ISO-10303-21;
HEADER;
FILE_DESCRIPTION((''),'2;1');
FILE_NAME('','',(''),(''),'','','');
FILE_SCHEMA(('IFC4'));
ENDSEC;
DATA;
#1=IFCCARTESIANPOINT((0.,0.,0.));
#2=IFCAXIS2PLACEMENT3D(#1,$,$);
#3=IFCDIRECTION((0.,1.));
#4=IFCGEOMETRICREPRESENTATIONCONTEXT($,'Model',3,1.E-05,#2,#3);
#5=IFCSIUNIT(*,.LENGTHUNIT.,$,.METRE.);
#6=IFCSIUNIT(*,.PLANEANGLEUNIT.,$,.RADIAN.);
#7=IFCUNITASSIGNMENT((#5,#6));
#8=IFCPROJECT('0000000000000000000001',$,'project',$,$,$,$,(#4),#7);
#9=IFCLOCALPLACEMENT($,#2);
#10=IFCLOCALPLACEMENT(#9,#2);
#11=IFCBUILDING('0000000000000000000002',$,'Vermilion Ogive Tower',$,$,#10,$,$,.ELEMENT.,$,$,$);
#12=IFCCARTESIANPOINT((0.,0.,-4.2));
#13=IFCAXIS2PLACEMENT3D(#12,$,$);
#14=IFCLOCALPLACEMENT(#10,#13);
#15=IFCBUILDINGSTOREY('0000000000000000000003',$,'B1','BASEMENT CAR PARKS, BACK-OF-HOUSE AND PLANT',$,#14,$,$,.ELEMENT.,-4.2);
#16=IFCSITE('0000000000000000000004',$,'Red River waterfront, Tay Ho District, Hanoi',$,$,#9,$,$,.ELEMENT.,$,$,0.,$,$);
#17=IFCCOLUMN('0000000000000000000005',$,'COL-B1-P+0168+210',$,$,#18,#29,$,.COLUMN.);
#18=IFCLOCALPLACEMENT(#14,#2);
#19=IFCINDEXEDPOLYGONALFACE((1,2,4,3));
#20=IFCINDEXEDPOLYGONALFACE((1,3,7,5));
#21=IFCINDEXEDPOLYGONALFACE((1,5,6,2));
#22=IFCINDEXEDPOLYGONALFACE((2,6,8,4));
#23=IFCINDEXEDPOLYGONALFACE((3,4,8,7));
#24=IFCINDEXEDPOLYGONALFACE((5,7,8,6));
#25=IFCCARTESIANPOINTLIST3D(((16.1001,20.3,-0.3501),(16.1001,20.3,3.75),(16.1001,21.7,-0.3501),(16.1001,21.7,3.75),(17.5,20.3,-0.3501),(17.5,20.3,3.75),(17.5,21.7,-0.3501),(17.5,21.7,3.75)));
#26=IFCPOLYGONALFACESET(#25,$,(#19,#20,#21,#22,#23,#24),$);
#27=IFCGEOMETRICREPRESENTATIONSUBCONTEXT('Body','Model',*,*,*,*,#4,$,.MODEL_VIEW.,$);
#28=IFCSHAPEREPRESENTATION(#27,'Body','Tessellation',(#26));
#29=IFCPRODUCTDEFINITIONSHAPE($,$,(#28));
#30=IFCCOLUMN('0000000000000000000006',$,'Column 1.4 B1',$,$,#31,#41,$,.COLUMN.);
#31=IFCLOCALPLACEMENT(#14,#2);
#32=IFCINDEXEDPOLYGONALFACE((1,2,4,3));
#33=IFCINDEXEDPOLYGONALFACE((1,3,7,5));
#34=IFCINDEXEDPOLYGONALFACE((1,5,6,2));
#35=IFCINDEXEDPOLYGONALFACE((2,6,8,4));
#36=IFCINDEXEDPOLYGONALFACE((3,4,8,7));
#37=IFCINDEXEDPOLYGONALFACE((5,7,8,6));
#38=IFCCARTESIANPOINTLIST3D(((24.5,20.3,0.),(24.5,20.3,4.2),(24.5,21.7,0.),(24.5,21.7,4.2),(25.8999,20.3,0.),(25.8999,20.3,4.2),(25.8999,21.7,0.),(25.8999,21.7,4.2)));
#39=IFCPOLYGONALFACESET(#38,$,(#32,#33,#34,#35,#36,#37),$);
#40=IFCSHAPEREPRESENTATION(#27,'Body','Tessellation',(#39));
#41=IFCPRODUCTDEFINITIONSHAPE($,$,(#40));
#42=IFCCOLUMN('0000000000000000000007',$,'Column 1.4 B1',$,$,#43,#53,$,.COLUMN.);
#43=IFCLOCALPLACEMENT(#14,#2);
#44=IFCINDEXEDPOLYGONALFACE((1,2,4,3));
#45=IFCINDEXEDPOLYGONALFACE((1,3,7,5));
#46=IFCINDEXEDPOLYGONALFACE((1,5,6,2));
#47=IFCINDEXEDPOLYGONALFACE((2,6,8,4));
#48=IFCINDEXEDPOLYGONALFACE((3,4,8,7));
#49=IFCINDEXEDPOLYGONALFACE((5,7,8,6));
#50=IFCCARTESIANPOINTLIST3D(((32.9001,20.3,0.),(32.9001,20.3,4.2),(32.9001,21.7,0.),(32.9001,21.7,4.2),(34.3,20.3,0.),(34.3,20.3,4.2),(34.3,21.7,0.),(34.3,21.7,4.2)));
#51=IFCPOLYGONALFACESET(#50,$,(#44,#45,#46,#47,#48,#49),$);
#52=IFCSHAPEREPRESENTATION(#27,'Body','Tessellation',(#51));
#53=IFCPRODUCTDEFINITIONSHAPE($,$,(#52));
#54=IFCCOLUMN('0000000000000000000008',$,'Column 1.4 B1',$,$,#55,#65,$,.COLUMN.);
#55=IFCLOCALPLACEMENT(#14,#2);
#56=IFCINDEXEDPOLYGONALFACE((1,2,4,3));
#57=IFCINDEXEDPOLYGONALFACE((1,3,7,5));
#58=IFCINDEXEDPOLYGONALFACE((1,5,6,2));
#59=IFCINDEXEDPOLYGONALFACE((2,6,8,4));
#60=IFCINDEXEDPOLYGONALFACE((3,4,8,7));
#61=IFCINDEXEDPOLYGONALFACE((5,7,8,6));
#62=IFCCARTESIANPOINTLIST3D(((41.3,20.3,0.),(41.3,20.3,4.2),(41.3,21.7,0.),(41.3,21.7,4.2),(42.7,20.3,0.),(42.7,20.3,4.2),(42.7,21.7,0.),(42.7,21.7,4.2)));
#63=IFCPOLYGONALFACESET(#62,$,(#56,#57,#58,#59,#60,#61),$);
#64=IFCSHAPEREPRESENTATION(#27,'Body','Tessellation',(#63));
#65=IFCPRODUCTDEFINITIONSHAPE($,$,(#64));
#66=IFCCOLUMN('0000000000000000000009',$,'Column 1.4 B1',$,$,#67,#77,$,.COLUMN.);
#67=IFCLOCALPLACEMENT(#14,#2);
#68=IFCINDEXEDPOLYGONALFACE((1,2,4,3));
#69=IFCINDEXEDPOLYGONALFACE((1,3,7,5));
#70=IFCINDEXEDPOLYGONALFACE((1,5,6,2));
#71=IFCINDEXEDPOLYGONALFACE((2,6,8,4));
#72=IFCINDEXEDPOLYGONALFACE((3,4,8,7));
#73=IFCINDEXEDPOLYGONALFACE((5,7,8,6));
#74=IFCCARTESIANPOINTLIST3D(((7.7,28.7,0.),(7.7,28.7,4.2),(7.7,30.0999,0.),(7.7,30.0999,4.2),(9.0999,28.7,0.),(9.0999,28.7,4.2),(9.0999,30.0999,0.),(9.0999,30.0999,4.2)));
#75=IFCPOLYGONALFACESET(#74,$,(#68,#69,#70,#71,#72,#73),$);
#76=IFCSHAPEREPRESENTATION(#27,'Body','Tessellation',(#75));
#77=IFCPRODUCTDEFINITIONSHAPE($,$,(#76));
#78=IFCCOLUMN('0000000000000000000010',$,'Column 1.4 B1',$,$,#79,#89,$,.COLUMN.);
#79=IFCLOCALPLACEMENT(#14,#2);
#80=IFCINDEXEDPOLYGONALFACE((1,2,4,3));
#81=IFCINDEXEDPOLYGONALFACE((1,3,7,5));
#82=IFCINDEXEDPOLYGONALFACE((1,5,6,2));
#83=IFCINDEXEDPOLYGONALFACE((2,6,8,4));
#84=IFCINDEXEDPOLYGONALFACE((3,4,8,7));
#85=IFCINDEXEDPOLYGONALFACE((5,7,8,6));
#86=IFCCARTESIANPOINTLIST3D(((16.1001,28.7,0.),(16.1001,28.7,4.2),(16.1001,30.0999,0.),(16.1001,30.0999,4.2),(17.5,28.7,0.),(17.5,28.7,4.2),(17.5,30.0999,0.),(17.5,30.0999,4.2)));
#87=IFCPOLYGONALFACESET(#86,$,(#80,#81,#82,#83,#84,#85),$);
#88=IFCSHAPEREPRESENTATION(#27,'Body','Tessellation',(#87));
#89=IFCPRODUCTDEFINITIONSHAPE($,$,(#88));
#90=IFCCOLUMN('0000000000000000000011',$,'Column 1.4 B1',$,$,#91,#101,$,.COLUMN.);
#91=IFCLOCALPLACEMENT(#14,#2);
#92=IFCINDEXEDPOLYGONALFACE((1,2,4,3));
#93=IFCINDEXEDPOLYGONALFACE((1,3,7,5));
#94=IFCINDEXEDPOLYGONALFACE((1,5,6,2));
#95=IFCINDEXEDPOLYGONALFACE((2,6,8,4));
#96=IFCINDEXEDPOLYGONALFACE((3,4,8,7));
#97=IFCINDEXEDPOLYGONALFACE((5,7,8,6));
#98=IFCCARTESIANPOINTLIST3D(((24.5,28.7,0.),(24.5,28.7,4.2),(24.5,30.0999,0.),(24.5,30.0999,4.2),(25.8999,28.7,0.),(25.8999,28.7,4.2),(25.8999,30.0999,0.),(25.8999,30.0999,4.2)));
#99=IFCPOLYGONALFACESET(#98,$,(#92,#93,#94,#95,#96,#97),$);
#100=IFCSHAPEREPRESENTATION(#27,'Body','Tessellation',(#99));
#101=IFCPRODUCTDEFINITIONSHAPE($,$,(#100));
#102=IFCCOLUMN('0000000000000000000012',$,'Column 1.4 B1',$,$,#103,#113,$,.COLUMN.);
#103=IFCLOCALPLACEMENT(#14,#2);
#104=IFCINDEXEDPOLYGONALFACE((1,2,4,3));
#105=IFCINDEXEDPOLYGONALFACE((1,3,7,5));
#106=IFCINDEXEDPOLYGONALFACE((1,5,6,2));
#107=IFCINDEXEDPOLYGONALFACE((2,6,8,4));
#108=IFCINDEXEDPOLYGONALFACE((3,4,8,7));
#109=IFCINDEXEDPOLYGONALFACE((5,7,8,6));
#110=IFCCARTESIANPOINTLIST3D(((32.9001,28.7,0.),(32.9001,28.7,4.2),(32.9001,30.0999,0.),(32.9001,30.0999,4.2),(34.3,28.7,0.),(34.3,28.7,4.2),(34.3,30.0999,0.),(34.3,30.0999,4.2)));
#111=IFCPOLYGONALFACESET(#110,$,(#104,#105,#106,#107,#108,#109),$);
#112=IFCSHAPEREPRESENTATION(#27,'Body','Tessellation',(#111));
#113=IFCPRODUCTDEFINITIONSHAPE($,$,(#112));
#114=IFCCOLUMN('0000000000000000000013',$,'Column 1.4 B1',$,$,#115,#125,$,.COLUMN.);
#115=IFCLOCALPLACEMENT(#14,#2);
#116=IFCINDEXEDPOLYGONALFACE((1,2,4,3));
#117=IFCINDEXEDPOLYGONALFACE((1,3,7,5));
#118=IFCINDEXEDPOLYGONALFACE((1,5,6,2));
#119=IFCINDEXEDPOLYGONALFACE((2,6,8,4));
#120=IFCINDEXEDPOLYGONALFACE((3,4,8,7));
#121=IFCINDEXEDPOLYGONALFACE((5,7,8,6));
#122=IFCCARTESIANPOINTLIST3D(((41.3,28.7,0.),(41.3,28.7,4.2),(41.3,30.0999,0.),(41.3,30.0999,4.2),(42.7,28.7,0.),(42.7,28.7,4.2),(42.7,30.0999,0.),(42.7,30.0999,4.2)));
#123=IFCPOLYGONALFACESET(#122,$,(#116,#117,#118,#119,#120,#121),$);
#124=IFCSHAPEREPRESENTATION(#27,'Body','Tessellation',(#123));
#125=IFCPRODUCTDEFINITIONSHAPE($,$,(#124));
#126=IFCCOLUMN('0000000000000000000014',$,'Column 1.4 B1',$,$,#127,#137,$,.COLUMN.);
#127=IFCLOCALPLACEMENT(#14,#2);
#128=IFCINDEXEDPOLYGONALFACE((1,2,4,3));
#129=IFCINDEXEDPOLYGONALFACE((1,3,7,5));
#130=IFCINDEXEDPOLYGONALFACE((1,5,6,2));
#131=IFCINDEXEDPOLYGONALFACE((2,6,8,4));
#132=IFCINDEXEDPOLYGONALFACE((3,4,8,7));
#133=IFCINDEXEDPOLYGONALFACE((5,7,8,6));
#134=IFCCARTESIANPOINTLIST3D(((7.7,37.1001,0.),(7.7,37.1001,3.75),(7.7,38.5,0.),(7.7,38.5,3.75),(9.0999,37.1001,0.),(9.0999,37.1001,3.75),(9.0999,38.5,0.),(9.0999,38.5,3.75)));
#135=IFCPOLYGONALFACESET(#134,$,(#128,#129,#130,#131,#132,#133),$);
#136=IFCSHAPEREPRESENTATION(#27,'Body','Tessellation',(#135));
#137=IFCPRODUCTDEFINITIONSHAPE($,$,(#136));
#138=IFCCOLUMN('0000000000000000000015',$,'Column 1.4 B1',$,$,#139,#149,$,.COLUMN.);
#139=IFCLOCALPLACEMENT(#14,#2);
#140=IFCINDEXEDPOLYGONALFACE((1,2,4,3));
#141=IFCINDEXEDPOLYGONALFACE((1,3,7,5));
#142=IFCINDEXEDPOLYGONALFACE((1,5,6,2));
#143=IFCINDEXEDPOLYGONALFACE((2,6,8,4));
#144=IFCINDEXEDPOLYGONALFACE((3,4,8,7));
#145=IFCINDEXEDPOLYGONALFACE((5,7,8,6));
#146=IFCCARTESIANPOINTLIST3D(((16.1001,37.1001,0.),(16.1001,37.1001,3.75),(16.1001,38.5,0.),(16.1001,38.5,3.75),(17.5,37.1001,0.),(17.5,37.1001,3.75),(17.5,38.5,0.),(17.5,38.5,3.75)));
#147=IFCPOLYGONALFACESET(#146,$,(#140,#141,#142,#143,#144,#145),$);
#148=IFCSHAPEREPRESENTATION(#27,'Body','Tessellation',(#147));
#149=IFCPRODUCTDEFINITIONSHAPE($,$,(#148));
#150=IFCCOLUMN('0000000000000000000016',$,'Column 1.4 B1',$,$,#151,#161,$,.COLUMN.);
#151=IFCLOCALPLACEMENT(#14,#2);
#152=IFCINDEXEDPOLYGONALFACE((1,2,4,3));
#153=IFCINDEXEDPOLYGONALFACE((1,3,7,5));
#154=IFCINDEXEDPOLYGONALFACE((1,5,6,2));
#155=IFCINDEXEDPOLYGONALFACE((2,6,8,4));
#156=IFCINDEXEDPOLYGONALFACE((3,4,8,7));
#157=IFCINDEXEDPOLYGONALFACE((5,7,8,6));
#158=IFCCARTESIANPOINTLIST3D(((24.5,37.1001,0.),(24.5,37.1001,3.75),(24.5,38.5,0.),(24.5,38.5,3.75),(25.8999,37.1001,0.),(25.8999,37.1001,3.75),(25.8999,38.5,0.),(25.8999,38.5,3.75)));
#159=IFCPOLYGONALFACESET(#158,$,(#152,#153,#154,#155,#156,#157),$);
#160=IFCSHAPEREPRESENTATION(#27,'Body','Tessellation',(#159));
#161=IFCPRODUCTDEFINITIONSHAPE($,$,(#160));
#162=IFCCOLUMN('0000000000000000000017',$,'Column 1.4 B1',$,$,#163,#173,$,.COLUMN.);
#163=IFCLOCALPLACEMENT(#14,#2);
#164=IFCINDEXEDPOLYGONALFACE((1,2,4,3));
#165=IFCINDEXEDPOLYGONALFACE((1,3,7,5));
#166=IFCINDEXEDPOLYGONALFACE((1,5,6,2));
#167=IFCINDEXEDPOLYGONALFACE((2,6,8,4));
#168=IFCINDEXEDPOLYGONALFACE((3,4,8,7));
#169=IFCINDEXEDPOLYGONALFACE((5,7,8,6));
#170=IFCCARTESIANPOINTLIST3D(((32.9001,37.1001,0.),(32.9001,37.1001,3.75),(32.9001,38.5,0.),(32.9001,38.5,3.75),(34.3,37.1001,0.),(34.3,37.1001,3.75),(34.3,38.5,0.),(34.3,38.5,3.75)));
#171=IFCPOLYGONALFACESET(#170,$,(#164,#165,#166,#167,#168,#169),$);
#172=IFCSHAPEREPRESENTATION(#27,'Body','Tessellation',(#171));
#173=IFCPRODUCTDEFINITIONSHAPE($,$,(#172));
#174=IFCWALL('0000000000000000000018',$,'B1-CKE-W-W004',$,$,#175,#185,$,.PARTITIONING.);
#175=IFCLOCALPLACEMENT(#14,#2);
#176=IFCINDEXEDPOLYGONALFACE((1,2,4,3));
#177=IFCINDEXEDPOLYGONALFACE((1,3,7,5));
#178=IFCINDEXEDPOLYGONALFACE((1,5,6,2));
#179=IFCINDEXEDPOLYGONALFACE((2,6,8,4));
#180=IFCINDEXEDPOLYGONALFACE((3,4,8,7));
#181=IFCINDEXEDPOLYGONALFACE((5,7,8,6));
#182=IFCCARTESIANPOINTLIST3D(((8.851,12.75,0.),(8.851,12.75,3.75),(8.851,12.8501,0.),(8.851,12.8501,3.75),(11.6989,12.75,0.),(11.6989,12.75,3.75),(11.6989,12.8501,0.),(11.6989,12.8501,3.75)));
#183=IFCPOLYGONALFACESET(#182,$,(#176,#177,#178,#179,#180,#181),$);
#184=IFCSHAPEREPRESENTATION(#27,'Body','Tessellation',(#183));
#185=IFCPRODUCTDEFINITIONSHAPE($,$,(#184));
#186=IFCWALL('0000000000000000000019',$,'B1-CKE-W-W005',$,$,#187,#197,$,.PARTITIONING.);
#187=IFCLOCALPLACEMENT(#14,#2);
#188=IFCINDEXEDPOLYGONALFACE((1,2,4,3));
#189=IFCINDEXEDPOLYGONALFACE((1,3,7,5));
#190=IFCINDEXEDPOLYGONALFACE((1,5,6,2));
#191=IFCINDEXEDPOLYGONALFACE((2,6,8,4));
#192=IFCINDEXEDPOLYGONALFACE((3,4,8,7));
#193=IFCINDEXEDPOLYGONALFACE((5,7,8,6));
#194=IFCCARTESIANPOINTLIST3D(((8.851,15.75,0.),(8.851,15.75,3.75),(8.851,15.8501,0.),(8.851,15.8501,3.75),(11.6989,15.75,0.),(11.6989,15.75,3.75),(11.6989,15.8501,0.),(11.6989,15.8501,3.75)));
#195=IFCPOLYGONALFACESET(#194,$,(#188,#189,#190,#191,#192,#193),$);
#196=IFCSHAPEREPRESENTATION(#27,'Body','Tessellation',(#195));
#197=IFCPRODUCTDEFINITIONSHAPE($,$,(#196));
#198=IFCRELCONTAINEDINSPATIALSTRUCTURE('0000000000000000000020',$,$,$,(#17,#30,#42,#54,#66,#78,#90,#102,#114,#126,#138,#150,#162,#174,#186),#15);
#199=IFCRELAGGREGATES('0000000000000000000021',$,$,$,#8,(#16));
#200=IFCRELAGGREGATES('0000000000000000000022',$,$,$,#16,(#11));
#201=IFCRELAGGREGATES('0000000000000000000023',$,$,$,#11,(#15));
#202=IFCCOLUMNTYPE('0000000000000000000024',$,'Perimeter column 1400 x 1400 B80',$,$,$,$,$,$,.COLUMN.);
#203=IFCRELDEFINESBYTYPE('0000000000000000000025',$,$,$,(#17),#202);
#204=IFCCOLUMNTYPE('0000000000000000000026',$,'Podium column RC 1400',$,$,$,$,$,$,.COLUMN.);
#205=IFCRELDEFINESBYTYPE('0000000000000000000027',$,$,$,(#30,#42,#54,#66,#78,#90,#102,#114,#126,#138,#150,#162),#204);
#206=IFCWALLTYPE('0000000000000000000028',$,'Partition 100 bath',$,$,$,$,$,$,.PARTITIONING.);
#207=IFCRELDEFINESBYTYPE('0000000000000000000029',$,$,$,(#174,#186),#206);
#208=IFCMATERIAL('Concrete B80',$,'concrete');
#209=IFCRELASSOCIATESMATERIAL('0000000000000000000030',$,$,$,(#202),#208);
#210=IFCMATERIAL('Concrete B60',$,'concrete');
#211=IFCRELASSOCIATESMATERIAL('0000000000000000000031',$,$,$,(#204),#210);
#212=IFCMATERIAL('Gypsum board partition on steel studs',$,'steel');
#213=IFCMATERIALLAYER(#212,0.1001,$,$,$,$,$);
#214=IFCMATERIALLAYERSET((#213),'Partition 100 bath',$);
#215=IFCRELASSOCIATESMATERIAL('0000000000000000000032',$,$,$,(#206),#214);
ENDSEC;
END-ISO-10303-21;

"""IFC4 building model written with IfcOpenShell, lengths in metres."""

from ifc_helpers import new_model, si_unit, direction, frame, frame_2d, origin, origin_2d, place, context, subcontext, project, spatial, rectangle, extrude, material, layer, layer_set, material_profile, profile_set, type_object, element, save


model = new_model("IFC4")

# Units and contexts
model_context = context("Model", 3, precision=1e-05, world=origin(), true_north=direction((0.0, 1.0)))
body_context = subcontext(model_context, "Body", "Model", "MODEL_VIEW")
ifc_project = project(units=[si_unit("LENGTHUNIT", "METRE"), si_unit("PLANEANGLEUNIT", "RADIAN")], contexts=[model_context])

# Site, building, storey
site_placement = place(None, origin())
site = spatial("IfcSite", under=ifc_project, at=site_placement, Name="Red River waterfront, Tay Ho District, Hanoi", CompositionType="ELEMENT", RefElevation=0.0)
building_placement = place(site_placement, origin())
building = spatial("IfcBuilding", under=site, at=building_placement, Name="Vermilion Ogive Tower", CompositionType="ELEMENT")
storey_placement = place(building_placement, frame((0.0, 0.0, -4.2)))
storey = spatial("IfcBuildingStorey", under=building, at=storey_placement, Name="B1", Description="BASEMENT CAR PARKS, BACK-OF-HOUSE AND PLANT", CompositionType="ELEMENT", Elevation=-4.2)

# Columns
ifc_material_1 = material(Name="Concrete B80", Category="concrete")
ifc_material_profile_1 = material_profile(ifc_material_1, rectangle(XDim=1.3999, YDim=1.3999, at=origin_2d()), Name="1400 x 1400")
ifc_profile_set_1 = profile_set([ifc_material_profile_1], Name="Concrete B80")
column_type_1 = type_object("IfcColumnType", Name="Perimeter column 1400 x 1400 B80", PredefinedType="COLUMN", material=ifc_profile_set_1)
column_placement = place(storey_placement, frame((16.8, 21.0, -0.3501), z_axis=(0.0, 0.0, 1.0), x_axis=(1.0, 0.0, 0.0)))
element("IfcColumn", 1, at=column_placement, inside=storey, type_object=column_type_1, Name="COL-B1-P+0168+210", PredefinedType="COLUMN", context=body_context, shape_type="SweptSolid", body=[
    extrude(rectangle(XDim=1.3999, YDim=1.3999, at=origin_2d()), origin(), (0.0, 0.0, 1.0), 4.1001),
])
ifc_material_2 = material(Name="Concrete B60", Category="concrete")
ifc_material_profile_2 = material_profile(ifc_material_2, rectangle(XDim=1.3999, YDim=1.3999, at=origin_2d()), Name="RC 1400x1400")
ifc_profile_set_2 = profile_set([ifc_material_profile_2], Name="Concrete B60")
column_type_2 = type_object("IfcColumnType", Name="Podium column RC 1400", PredefinedType="COLUMN", material=ifc_profile_set_2)
for number, where, z_axis, x_axis, name in (
    (2, (25.2, 21.0, 0.0), (0.0, 0.0, 1.0), (1.0, 0.0, 0.0), "Column 1.4 B1"),
    (3, (33.6001, 21.0, 0.0), (0.0, 0.0, 1.0), (1.0, 0.0, 0.0), "Column 1.4 B1"),
    (4, (42.0, 21.0, 0.0), (0.0, 0.0, 1.0), (1.0, 0.0, 0.0), "Column 1.4 B1"),
    (5, (8.3999, 29.3999, 0.0), (0.0, 0.0, 1.0), (1.0, 0.0, 0.0), "Column 1.4 B1"),
    (6, (16.8, 29.3999, 0.0), (0.0, 0.0, 1.0), (1.0, 0.0, 0.0), "Column 1.4 B1"),
    (7, (25.2, 29.3999, 0.0), (0.0, 0.0, 1.0), (1.0, 0.0, 0.0), "Column 1.4 B1"),
    (8, (33.6001, 29.3999, 0.0), (0.0, 0.0, 1.0), (1.0, 0.0, 0.0), "Column 1.4 B1"),
    (9, (42.0, 29.3999, 0.0), (0.0, 0.0, 1.0), (1.0, 0.0, 0.0), "Column 1.4 B1"),
):
    element("IfcColumn", number, at=place(storey_placement, frame(where, z_axis=z_axis, x_axis=x_axis)), inside=storey, type_object=column_type_2, Name=name, PredefinedType="COLUMN", context=body_context, shape_type="SweptSolid", body=[
        extrude(rectangle(XDim=1.3999, YDim=1.3999, at=origin_2d()), origin(), (0.0, 0.0, 1.0), 4.2),
    ])
for number, where, z_axis, x_axis, name in (
    (10, (8.3999, 37.8, 0.0), (0.0, 0.0, 1.0), (1.0, 0.0, 0.0), "Column 1.4 B1"),
    (11, (16.8, 37.8, 0.0), (0.0, 0.0, 1.0), (1.0, 0.0, 0.0), "Column 1.4 B1"),
    (12, (25.2, 37.8, 0.0), (0.0, 0.0, 1.0), (1.0, 0.0, 0.0), "Column 1.4 B1"),
    (13, (33.6001, 37.8, 0.0), (0.0, 0.0, 1.0), (1.0, 0.0, 0.0), "Column 1.4 B1"),
):
    element("IfcColumn", number, at=place(storey_placement, frame(where, z_axis=z_axis, x_axis=x_axis)), inside=storey, type_object=column_type_2, Name=name, PredefinedType="COLUMN", context=body_context, shape_type="SweptSolid", body=[
        extrude(rectangle(XDim=1.3999, YDim=1.3999, at=origin_2d()), origin(), (0.0, 0.0, 1.0), 3.75),
    ])

# Walls
ifc_material_3 = material(Name="Gypsum board partition on steel studs", Category="steel")
ifc_layer_1 = layer(ifc_material_3, 0.1001)
ifc_layer_set_1 = layer_set([ifc_layer_1], Name="Partition 100 bath")
wall_type_1 = type_object("IfcWallType", Name="Partition 100 bath", PredefinedType="PARTITIONING", material=ifc_layer_set_1)
for number, where, z_axis, x_axis, name in (
    (14, (8.8511, 12.8, 0.0), (0.0, 0.0, 1.0), (1.0, 0.0, 0.0), "B1-CKE-W-W004"),
    (15, (8.8511, 15.8, 0.0), (0.0, 0.0, 1.0), (1.0, 0.0, 0.0), "B1-CKE-W-W005"),
):
    element("IfcWall", number, at=place(storey_placement, frame(where, z_axis=z_axis, x_axis=x_axis)), inside=storey, type_object=wall_type_1, Name=name, PredefinedType="PARTITIONING", context=body_context, shape_type="SweptSolid", body=[
        extrude(rectangle(XDim=2.8479, YDim=0.1001, at=frame_2d((1.4238, 0.0))), origin(), (0.0, 0.0, 1.0), 3.75),
    ])

save(model, "model.ifc")
